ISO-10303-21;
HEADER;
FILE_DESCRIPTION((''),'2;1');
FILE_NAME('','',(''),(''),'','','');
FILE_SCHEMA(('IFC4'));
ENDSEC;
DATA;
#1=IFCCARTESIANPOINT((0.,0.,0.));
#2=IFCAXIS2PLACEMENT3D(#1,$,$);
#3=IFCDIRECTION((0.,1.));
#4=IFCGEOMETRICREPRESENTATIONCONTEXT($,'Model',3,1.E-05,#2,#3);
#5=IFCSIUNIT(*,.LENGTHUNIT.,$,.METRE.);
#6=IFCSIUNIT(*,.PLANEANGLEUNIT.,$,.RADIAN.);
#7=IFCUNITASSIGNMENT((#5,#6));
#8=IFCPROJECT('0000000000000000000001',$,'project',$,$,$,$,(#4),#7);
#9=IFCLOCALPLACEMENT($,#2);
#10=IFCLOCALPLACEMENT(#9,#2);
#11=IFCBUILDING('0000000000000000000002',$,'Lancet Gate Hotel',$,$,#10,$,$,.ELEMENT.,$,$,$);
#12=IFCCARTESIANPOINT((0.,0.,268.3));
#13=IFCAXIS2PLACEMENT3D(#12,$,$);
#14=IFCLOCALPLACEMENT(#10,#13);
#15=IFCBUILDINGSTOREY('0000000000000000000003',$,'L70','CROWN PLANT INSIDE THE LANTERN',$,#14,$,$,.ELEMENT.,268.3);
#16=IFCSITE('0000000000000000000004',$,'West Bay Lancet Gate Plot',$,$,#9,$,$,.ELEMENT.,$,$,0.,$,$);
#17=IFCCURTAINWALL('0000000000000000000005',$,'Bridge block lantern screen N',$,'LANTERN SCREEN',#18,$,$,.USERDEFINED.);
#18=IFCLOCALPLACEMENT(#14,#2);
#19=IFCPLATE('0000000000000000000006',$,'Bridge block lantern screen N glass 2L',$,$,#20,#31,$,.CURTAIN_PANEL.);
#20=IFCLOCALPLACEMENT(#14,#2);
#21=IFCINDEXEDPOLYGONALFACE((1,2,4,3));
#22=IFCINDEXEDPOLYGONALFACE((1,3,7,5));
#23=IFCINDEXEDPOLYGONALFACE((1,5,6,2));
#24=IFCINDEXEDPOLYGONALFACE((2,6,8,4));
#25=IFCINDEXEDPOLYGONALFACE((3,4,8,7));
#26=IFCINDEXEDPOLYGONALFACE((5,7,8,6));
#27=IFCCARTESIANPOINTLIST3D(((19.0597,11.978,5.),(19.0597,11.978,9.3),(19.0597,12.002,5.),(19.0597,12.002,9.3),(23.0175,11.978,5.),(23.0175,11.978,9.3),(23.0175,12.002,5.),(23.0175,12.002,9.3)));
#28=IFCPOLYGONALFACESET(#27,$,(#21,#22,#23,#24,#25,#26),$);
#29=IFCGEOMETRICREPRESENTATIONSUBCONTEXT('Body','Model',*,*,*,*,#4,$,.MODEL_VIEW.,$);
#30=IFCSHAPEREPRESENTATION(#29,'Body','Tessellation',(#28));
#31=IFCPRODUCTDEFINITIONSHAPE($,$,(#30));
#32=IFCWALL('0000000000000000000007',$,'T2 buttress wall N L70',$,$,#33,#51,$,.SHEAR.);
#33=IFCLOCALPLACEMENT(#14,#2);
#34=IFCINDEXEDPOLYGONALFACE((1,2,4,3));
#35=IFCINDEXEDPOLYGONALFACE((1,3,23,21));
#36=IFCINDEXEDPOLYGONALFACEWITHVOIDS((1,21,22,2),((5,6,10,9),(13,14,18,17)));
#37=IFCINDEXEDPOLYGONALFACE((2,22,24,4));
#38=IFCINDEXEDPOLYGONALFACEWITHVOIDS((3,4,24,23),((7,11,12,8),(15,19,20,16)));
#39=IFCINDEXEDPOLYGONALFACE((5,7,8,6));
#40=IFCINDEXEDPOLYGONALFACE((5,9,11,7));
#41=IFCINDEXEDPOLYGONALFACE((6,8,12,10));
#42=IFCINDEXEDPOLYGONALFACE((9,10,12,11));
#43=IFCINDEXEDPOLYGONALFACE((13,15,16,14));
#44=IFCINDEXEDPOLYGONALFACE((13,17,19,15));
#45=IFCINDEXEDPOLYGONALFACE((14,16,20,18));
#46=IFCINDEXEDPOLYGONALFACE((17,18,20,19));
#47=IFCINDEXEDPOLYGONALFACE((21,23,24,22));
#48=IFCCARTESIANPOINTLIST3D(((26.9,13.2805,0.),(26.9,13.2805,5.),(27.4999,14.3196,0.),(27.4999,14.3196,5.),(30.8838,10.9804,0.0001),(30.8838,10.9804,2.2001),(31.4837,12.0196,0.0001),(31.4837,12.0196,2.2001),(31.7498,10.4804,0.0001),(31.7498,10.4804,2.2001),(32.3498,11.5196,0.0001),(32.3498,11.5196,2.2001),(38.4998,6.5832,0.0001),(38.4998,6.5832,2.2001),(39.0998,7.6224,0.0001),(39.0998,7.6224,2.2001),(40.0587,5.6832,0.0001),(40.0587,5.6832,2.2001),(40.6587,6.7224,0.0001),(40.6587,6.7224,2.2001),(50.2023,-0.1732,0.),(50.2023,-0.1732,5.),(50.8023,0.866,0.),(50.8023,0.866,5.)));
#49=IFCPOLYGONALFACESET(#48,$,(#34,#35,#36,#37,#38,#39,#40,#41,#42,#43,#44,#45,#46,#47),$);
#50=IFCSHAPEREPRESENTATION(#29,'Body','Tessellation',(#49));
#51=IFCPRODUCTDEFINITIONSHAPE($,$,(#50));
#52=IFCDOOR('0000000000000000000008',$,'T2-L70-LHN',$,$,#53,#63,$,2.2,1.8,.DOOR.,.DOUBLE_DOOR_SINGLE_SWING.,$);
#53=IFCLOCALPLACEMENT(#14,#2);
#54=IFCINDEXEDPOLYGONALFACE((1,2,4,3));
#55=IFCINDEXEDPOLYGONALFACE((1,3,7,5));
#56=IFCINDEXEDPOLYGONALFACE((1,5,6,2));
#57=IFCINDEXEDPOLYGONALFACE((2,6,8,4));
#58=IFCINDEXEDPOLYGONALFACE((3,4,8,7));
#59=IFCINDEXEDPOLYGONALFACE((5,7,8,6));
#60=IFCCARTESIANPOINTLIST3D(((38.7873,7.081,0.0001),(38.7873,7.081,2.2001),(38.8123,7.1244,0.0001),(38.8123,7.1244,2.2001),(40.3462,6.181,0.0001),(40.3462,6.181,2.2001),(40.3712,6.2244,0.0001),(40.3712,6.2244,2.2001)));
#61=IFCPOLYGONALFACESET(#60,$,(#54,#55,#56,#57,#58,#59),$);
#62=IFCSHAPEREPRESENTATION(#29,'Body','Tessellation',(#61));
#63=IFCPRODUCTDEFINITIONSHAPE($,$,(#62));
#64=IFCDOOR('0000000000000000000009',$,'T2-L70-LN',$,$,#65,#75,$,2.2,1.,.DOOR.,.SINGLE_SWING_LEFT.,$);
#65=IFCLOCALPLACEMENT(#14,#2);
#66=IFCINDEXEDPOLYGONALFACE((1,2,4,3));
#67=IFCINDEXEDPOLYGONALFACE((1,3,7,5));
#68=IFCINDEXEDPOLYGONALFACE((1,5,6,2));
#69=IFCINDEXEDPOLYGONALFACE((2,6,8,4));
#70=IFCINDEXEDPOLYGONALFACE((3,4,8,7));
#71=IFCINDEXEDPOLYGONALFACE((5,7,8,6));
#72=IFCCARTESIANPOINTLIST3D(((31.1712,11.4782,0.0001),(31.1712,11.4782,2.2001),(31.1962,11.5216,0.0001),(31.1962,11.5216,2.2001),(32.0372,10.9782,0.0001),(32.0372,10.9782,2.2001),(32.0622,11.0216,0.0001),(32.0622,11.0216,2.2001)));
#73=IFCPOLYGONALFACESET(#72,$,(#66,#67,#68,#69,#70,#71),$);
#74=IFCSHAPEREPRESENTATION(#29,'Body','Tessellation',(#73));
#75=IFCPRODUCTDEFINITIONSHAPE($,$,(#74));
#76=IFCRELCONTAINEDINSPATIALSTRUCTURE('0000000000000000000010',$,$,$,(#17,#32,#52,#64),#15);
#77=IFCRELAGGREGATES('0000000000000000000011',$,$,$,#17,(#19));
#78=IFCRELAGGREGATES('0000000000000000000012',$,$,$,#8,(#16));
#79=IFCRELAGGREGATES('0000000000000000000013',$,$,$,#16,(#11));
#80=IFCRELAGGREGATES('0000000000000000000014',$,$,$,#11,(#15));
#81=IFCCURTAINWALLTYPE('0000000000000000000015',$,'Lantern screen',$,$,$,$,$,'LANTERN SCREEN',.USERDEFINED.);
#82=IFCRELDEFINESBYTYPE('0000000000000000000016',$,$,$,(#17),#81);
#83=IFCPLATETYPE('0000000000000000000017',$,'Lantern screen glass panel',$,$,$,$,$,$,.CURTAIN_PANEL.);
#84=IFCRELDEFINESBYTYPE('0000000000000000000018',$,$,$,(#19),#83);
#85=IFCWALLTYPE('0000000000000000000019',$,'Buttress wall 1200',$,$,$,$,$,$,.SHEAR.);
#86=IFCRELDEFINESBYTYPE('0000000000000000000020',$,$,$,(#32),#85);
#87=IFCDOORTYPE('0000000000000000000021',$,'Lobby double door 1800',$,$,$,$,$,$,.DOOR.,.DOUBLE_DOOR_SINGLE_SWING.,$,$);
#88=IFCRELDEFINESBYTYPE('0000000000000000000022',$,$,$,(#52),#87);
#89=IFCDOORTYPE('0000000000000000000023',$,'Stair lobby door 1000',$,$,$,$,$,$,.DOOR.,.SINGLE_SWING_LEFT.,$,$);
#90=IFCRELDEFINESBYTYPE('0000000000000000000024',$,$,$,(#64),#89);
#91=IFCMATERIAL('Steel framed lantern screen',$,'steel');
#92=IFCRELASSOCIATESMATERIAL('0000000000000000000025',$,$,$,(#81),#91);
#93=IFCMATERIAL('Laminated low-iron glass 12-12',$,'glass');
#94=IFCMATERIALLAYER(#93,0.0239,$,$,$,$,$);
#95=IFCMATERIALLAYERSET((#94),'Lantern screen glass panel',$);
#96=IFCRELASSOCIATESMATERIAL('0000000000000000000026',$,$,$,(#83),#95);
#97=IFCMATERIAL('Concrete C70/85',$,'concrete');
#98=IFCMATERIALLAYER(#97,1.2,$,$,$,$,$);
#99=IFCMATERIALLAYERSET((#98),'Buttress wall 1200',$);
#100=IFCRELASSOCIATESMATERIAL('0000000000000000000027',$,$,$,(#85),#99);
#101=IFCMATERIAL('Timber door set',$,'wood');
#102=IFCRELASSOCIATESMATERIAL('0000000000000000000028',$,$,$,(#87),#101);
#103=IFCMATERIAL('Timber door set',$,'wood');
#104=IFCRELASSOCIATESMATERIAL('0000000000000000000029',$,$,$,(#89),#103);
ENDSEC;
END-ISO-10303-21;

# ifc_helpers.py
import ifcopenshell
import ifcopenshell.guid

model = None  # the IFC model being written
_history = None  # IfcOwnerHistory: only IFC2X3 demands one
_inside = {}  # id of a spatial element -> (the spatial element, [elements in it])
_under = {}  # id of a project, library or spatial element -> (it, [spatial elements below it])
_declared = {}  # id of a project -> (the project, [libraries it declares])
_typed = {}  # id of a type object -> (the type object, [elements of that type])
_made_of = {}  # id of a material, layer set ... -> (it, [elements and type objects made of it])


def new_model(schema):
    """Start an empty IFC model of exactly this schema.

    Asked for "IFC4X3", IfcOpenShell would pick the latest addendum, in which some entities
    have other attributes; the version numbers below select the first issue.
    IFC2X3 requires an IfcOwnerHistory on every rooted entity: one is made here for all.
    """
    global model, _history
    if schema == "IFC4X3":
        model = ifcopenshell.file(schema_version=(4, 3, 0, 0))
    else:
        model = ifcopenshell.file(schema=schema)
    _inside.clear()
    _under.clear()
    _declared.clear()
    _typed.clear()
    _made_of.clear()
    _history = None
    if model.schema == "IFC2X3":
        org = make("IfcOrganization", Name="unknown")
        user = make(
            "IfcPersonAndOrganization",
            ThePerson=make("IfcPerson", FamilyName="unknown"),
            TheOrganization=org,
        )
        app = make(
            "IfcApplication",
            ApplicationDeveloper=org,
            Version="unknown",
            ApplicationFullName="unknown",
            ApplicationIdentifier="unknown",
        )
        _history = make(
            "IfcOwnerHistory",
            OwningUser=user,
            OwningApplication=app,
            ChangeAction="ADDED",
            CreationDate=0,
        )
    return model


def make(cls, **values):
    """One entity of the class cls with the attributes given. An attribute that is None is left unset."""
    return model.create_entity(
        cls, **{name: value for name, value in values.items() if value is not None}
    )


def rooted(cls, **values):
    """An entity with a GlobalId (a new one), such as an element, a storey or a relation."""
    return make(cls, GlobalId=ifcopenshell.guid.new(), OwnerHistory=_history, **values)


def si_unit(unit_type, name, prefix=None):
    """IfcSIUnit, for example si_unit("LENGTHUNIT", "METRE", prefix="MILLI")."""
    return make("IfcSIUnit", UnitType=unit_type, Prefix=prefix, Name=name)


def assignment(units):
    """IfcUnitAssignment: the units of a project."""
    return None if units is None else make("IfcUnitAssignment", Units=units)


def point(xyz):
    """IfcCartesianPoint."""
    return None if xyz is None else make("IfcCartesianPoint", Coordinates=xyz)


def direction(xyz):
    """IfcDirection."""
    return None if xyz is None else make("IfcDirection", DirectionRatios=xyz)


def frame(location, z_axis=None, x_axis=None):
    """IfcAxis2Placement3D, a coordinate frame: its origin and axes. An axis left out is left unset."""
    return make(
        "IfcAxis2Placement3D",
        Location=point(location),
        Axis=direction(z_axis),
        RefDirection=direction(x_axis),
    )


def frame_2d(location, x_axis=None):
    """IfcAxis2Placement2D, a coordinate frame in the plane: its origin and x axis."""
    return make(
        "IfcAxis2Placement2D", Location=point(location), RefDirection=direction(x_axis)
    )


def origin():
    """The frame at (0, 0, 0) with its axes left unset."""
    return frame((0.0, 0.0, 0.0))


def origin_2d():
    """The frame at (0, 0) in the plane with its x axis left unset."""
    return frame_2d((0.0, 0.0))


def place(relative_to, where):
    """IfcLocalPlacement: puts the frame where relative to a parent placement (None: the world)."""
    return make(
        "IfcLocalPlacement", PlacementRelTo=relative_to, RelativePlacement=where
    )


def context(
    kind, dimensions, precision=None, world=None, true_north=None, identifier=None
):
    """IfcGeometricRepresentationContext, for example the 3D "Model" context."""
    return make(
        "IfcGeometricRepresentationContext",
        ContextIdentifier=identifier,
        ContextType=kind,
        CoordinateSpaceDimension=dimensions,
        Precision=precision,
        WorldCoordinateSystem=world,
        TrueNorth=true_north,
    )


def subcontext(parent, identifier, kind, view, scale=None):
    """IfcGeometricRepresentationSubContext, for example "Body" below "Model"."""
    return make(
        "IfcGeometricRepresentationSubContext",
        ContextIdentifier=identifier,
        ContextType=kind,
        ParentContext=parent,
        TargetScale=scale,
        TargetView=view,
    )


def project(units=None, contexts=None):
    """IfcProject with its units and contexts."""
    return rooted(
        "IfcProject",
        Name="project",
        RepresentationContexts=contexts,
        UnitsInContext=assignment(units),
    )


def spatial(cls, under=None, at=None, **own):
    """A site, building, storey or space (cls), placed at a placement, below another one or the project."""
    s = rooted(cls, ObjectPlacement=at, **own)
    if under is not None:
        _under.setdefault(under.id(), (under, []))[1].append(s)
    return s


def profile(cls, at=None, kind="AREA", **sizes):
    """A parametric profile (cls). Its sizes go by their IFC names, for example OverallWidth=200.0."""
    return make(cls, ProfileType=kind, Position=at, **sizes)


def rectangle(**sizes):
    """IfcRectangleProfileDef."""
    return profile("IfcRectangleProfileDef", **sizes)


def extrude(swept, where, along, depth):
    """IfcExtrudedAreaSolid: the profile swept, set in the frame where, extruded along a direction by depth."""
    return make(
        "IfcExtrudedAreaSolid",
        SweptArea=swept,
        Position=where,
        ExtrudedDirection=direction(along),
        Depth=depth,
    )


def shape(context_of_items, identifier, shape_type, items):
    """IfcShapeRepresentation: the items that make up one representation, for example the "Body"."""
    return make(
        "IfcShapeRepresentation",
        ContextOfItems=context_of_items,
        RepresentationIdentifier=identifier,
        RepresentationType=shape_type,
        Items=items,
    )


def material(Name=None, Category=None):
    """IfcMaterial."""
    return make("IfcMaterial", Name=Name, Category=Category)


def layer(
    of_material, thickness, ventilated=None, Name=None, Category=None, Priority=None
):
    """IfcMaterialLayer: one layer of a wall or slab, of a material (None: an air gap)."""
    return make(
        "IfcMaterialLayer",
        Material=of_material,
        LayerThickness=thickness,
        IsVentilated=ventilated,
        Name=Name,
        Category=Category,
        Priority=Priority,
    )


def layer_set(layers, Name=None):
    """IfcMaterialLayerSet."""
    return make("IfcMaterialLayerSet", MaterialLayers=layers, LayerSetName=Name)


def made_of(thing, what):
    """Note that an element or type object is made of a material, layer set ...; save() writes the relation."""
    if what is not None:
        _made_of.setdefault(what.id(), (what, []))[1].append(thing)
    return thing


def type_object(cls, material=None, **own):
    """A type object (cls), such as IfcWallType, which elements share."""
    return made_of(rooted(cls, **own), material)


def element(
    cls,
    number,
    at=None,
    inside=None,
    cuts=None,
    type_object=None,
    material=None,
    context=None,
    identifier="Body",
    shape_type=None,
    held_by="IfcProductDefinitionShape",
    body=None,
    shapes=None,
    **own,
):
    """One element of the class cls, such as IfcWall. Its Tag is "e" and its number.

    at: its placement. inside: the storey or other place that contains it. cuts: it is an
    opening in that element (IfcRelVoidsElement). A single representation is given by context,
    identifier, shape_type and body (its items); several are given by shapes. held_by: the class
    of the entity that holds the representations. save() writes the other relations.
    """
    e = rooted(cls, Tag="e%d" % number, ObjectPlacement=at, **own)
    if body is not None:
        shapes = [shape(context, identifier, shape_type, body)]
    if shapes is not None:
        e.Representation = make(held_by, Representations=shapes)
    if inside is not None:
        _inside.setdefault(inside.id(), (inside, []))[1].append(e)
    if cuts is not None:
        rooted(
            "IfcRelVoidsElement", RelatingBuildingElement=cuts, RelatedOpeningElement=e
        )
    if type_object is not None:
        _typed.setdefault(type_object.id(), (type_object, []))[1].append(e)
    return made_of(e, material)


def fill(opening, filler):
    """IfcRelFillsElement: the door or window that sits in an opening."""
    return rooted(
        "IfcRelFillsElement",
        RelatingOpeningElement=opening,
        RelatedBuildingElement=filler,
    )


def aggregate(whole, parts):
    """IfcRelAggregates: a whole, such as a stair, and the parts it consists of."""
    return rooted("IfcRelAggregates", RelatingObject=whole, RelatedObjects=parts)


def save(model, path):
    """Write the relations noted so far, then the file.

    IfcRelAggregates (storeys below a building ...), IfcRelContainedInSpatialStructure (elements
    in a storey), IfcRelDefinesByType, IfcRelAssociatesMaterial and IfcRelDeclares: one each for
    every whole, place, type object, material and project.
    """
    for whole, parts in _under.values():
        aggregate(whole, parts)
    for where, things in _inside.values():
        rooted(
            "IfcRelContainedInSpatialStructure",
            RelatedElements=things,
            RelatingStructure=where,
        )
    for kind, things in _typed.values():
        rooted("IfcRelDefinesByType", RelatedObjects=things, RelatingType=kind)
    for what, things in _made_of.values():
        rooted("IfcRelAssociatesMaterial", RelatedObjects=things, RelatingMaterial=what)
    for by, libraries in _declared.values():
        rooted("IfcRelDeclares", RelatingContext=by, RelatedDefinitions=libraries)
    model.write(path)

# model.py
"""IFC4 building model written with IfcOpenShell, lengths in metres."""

from ifc_helpers import new_model, si_unit, direction, frame, frame_2d, origin, origin_2d, place, context, subcontext, project, spatial, rectangle, extrude, material, layer, layer_set, type_object, element, fill, aggregate, save


model = new_model("IFC4")

# Units and contexts
model_context = context("Model", 3, precision=1e-05, world=origin(), true_north=direction((0.0, 1.0)))
body_context = subcontext(model_context, "Body", "Model", "MODEL_VIEW")
ifc_project = project(units=[si_unit("LENGTHUNIT", "METRE"), si_unit("PLANEANGLEUNIT", "RADIAN")], contexts=[model_context])

# Site, building, storey
site_placement = place(None, origin())
site = spatial("IfcSite", under=ifc_project, at=site_placement, Name="West Bay Lancet Gate Plot", CompositionType="ELEMENT", RefElevation=0.0)
building_placement = place(site_placement, origin())
building = spatial("IfcBuilding", under=site, at=building_placement, Name="Lancet Gate Hotel", CompositionType="ELEMENT")
storey_placement = place(building_placement, frame((0.0, 0.0, 268.3)))
storey = spatial("IfcBuildingStorey", under=building, at=storey_placement, Name="L70", Description="CROWN PLANT INSIDE THE LANTERN", CompositionType="ELEMENT", Elevation=268.3)

# Curtain wall, plate
ifc_material_1 = material(Name="Steel framed lantern screen", Category="steel")
curtain_wall_type_1 = type_object("IfcCurtainWallType", Name="Lantern screen", ElementType="LANTERN SCREEN", PredefinedType="USERDEFINED", material=ifc_material_1)
curtain_wall_1_placement = place(storey_placement, origin())
curtain_wall_1 = element("IfcCurtainWall", 1, at=curtain_wall_1_placement, inside=storey, type_object=curtain_wall_type_1, Name="Bridge block lantern screen N", ObjectType="LANTERN SCREEN", PredefinedType="USERDEFINED")
ifc_material_2 = material(Name="Laminated low-iron glass 12-12", Category="glass")
ifc_layer_1 = layer(ifc_material_2, 0.0239)
ifc_layer_set_1 = layer_set([ifc_layer_1], Name="Lantern screen glass panel")
plate_type_1 = type_object("IfcPlateType", Name="Lantern screen glass panel", PredefinedType="CURTAIN_PANEL", material=ifc_layer_set_1)
plate_1_placement = place(storey_placement, frame((21.0386, 11.99, 5.0), z_axis=(0.0, 0.0, 1.0), x_axis=(-1.0, 0.0, 0.0)))
plate_1 = element("IfcPlate", 2, at=plate_1_placement, type_object=plate_type_1, Name="Bridge block lantern screen N glass 2L", PredefinedType="CURTAIN_PANEL", context=body_context, shape_type="SweptSolid", body=[
    extrude(rectangle(XDim=3.9578, YDim=0.0239, at=origin_2d()), origin(), (0.0, 0.0, 1.0), 4.3),
])
aggregate(curtain_wall_1, [plate_1])

# Wall, openings, doors
ifc_material_3 = material(Name="Concrete C70/85", Category="concrete")
ifc_layer_2 = layer(ifc_material_3, 1.2)
ifc_layer_set_2 = layer_set([ifc_layer_2], Name="Buttress wall 1200")
wall_type_1 = type_object("IfcWallType", Name="Buttress wall 1200", PredefinedType="SHEAR", material=ifc_layer_set_2)
wall_1_placement = place(storey_placement, frame((27.2, 13.8, 0.0), z_axis=(0.0, 0.0, 1.0), x_axis=(0.866025, -0.500002, 0.0)))
wall_1 = element("IfcWall", 3, at=wall_1_placement, inside=storey, type_object=wall_type_1, Name="T2 buttress wall N L70", PredefinedType="SHEAR", context=body_context, shape_type="SweptSolid", body=[
    extrude(rectangle(XDim=26.9072, YDim=1.2, at=frame_2d((13.4536, 0.0))), origin(), (0.0, 0.0, 1.0), 5.0),
])
opening_1_placement = place(wall_1_placement, frame((4.6001, 0.0, 0.0)))
opening_1 = element("IfcOpeningElement", 4, at=opening_1_placement, cuts=wall_1, PredefinedType="OPENING", context=body_context, shape_type="SweptSolid", body=[
    extrude(rectangle(XDim=1.0, YDim=2.2, at=frame_2d((0.5, 1.1001))), frame((0.0, 0.6099, 0.0), z_axis=(0.0, -1.0, 0.0), x_axis=(1.0, 0.0, 0.0)), (0.0, 0.0, 1.0), 1.22),
])
opening_2_placement = place(wall_1_placement, frame((13.3945, 0.0, 0.0)))
opening_2 = element("IfcOpeningElement", 5, at=opening_2_placement, cuts=wall_1, PredefinedType="OPENING", context=body_context, shape_type="SweptSolid", body=[
    extrude(rectangle(XDim=1.8, YDim=2.2, at=frame_2d((0.8999, 1.1001))), frame((0.0, 0.6099, 0.0), z_axis=(0.0, -1.0, 0.0), x_axis=(1.0, 0.0, 0.0)), (0.0, 0.0, 1.0), 1.22),
])
ifc_material_4 = material(Name="Timber door set", Category="wood")
door_type_1 = type_object("IfcDoorType", Name="Lobby double door 1800", OperationType="DOUBLE_DOOR_SINGLE_SWING", PredefinedType="DOOR", material=ifc_material_4)
door_1_placement = place(opening_2_placement, origin())
door_1 = element("IfcDoor", 6, at=door_1_placement, inside=storey, type_object=door_type_1, Name="T2-L70-LHN", OperationType="DOUBLE_DOOR_SINGLE_SWING", OverallHeight=2.2, OverallWidth=1.8, PredefinedType="DOOR", context=body_context, shape_type="SweptSolid", body=[
    extrude(rectangle(XDim=1.8, YDim=2.2, at=frame_2d((0.8999, 1.1001))), frame((0.0, 0.0249, 0.0), z_axis=(0.0, -1.0, 0.0), x_axis=(1.0, 0.0, 0.0)), (0.0, 0.0, 1.0), 0.05),
])
fill(opening_2, door_1)
ifc_material_5 = material(Name="Timber door set", Category="wood")
door_type_2 = type_object("IfcDoorType", Name="Stair lobby door 1000", OperationType="SINGLE_SWING_LEFT", PredefinedType="DOOR", material=ifc_material_5)
door_2_placement = place(opening_1_placement, origin())
door_2 = element("IfcDoor", 7, at=door_2_placement, inside=storey, type_object=door_type_2, Name="T2-L70-LN", OperationType="SINGLE_SWING_LEFT", OverallHeight=2.2, OverallWidth=1.0, PredefinedType="DOOR", context=body_context, shape_type="SweptSolid", body=[
    extrude(rectangle(XDim=1.0, YDim=2.2, at=frame_2d((0.5, 1.1001))), frame((0.0, 0.0249, 0.0), z_axis=(0.0, -1.0, 0.0), x_axis=(1.0, 0.0, 0.0)), (0.0, 0.0, 1.0), 0.05),
])
fill(opening_1, door_2)

save(model, "model.ifc")
